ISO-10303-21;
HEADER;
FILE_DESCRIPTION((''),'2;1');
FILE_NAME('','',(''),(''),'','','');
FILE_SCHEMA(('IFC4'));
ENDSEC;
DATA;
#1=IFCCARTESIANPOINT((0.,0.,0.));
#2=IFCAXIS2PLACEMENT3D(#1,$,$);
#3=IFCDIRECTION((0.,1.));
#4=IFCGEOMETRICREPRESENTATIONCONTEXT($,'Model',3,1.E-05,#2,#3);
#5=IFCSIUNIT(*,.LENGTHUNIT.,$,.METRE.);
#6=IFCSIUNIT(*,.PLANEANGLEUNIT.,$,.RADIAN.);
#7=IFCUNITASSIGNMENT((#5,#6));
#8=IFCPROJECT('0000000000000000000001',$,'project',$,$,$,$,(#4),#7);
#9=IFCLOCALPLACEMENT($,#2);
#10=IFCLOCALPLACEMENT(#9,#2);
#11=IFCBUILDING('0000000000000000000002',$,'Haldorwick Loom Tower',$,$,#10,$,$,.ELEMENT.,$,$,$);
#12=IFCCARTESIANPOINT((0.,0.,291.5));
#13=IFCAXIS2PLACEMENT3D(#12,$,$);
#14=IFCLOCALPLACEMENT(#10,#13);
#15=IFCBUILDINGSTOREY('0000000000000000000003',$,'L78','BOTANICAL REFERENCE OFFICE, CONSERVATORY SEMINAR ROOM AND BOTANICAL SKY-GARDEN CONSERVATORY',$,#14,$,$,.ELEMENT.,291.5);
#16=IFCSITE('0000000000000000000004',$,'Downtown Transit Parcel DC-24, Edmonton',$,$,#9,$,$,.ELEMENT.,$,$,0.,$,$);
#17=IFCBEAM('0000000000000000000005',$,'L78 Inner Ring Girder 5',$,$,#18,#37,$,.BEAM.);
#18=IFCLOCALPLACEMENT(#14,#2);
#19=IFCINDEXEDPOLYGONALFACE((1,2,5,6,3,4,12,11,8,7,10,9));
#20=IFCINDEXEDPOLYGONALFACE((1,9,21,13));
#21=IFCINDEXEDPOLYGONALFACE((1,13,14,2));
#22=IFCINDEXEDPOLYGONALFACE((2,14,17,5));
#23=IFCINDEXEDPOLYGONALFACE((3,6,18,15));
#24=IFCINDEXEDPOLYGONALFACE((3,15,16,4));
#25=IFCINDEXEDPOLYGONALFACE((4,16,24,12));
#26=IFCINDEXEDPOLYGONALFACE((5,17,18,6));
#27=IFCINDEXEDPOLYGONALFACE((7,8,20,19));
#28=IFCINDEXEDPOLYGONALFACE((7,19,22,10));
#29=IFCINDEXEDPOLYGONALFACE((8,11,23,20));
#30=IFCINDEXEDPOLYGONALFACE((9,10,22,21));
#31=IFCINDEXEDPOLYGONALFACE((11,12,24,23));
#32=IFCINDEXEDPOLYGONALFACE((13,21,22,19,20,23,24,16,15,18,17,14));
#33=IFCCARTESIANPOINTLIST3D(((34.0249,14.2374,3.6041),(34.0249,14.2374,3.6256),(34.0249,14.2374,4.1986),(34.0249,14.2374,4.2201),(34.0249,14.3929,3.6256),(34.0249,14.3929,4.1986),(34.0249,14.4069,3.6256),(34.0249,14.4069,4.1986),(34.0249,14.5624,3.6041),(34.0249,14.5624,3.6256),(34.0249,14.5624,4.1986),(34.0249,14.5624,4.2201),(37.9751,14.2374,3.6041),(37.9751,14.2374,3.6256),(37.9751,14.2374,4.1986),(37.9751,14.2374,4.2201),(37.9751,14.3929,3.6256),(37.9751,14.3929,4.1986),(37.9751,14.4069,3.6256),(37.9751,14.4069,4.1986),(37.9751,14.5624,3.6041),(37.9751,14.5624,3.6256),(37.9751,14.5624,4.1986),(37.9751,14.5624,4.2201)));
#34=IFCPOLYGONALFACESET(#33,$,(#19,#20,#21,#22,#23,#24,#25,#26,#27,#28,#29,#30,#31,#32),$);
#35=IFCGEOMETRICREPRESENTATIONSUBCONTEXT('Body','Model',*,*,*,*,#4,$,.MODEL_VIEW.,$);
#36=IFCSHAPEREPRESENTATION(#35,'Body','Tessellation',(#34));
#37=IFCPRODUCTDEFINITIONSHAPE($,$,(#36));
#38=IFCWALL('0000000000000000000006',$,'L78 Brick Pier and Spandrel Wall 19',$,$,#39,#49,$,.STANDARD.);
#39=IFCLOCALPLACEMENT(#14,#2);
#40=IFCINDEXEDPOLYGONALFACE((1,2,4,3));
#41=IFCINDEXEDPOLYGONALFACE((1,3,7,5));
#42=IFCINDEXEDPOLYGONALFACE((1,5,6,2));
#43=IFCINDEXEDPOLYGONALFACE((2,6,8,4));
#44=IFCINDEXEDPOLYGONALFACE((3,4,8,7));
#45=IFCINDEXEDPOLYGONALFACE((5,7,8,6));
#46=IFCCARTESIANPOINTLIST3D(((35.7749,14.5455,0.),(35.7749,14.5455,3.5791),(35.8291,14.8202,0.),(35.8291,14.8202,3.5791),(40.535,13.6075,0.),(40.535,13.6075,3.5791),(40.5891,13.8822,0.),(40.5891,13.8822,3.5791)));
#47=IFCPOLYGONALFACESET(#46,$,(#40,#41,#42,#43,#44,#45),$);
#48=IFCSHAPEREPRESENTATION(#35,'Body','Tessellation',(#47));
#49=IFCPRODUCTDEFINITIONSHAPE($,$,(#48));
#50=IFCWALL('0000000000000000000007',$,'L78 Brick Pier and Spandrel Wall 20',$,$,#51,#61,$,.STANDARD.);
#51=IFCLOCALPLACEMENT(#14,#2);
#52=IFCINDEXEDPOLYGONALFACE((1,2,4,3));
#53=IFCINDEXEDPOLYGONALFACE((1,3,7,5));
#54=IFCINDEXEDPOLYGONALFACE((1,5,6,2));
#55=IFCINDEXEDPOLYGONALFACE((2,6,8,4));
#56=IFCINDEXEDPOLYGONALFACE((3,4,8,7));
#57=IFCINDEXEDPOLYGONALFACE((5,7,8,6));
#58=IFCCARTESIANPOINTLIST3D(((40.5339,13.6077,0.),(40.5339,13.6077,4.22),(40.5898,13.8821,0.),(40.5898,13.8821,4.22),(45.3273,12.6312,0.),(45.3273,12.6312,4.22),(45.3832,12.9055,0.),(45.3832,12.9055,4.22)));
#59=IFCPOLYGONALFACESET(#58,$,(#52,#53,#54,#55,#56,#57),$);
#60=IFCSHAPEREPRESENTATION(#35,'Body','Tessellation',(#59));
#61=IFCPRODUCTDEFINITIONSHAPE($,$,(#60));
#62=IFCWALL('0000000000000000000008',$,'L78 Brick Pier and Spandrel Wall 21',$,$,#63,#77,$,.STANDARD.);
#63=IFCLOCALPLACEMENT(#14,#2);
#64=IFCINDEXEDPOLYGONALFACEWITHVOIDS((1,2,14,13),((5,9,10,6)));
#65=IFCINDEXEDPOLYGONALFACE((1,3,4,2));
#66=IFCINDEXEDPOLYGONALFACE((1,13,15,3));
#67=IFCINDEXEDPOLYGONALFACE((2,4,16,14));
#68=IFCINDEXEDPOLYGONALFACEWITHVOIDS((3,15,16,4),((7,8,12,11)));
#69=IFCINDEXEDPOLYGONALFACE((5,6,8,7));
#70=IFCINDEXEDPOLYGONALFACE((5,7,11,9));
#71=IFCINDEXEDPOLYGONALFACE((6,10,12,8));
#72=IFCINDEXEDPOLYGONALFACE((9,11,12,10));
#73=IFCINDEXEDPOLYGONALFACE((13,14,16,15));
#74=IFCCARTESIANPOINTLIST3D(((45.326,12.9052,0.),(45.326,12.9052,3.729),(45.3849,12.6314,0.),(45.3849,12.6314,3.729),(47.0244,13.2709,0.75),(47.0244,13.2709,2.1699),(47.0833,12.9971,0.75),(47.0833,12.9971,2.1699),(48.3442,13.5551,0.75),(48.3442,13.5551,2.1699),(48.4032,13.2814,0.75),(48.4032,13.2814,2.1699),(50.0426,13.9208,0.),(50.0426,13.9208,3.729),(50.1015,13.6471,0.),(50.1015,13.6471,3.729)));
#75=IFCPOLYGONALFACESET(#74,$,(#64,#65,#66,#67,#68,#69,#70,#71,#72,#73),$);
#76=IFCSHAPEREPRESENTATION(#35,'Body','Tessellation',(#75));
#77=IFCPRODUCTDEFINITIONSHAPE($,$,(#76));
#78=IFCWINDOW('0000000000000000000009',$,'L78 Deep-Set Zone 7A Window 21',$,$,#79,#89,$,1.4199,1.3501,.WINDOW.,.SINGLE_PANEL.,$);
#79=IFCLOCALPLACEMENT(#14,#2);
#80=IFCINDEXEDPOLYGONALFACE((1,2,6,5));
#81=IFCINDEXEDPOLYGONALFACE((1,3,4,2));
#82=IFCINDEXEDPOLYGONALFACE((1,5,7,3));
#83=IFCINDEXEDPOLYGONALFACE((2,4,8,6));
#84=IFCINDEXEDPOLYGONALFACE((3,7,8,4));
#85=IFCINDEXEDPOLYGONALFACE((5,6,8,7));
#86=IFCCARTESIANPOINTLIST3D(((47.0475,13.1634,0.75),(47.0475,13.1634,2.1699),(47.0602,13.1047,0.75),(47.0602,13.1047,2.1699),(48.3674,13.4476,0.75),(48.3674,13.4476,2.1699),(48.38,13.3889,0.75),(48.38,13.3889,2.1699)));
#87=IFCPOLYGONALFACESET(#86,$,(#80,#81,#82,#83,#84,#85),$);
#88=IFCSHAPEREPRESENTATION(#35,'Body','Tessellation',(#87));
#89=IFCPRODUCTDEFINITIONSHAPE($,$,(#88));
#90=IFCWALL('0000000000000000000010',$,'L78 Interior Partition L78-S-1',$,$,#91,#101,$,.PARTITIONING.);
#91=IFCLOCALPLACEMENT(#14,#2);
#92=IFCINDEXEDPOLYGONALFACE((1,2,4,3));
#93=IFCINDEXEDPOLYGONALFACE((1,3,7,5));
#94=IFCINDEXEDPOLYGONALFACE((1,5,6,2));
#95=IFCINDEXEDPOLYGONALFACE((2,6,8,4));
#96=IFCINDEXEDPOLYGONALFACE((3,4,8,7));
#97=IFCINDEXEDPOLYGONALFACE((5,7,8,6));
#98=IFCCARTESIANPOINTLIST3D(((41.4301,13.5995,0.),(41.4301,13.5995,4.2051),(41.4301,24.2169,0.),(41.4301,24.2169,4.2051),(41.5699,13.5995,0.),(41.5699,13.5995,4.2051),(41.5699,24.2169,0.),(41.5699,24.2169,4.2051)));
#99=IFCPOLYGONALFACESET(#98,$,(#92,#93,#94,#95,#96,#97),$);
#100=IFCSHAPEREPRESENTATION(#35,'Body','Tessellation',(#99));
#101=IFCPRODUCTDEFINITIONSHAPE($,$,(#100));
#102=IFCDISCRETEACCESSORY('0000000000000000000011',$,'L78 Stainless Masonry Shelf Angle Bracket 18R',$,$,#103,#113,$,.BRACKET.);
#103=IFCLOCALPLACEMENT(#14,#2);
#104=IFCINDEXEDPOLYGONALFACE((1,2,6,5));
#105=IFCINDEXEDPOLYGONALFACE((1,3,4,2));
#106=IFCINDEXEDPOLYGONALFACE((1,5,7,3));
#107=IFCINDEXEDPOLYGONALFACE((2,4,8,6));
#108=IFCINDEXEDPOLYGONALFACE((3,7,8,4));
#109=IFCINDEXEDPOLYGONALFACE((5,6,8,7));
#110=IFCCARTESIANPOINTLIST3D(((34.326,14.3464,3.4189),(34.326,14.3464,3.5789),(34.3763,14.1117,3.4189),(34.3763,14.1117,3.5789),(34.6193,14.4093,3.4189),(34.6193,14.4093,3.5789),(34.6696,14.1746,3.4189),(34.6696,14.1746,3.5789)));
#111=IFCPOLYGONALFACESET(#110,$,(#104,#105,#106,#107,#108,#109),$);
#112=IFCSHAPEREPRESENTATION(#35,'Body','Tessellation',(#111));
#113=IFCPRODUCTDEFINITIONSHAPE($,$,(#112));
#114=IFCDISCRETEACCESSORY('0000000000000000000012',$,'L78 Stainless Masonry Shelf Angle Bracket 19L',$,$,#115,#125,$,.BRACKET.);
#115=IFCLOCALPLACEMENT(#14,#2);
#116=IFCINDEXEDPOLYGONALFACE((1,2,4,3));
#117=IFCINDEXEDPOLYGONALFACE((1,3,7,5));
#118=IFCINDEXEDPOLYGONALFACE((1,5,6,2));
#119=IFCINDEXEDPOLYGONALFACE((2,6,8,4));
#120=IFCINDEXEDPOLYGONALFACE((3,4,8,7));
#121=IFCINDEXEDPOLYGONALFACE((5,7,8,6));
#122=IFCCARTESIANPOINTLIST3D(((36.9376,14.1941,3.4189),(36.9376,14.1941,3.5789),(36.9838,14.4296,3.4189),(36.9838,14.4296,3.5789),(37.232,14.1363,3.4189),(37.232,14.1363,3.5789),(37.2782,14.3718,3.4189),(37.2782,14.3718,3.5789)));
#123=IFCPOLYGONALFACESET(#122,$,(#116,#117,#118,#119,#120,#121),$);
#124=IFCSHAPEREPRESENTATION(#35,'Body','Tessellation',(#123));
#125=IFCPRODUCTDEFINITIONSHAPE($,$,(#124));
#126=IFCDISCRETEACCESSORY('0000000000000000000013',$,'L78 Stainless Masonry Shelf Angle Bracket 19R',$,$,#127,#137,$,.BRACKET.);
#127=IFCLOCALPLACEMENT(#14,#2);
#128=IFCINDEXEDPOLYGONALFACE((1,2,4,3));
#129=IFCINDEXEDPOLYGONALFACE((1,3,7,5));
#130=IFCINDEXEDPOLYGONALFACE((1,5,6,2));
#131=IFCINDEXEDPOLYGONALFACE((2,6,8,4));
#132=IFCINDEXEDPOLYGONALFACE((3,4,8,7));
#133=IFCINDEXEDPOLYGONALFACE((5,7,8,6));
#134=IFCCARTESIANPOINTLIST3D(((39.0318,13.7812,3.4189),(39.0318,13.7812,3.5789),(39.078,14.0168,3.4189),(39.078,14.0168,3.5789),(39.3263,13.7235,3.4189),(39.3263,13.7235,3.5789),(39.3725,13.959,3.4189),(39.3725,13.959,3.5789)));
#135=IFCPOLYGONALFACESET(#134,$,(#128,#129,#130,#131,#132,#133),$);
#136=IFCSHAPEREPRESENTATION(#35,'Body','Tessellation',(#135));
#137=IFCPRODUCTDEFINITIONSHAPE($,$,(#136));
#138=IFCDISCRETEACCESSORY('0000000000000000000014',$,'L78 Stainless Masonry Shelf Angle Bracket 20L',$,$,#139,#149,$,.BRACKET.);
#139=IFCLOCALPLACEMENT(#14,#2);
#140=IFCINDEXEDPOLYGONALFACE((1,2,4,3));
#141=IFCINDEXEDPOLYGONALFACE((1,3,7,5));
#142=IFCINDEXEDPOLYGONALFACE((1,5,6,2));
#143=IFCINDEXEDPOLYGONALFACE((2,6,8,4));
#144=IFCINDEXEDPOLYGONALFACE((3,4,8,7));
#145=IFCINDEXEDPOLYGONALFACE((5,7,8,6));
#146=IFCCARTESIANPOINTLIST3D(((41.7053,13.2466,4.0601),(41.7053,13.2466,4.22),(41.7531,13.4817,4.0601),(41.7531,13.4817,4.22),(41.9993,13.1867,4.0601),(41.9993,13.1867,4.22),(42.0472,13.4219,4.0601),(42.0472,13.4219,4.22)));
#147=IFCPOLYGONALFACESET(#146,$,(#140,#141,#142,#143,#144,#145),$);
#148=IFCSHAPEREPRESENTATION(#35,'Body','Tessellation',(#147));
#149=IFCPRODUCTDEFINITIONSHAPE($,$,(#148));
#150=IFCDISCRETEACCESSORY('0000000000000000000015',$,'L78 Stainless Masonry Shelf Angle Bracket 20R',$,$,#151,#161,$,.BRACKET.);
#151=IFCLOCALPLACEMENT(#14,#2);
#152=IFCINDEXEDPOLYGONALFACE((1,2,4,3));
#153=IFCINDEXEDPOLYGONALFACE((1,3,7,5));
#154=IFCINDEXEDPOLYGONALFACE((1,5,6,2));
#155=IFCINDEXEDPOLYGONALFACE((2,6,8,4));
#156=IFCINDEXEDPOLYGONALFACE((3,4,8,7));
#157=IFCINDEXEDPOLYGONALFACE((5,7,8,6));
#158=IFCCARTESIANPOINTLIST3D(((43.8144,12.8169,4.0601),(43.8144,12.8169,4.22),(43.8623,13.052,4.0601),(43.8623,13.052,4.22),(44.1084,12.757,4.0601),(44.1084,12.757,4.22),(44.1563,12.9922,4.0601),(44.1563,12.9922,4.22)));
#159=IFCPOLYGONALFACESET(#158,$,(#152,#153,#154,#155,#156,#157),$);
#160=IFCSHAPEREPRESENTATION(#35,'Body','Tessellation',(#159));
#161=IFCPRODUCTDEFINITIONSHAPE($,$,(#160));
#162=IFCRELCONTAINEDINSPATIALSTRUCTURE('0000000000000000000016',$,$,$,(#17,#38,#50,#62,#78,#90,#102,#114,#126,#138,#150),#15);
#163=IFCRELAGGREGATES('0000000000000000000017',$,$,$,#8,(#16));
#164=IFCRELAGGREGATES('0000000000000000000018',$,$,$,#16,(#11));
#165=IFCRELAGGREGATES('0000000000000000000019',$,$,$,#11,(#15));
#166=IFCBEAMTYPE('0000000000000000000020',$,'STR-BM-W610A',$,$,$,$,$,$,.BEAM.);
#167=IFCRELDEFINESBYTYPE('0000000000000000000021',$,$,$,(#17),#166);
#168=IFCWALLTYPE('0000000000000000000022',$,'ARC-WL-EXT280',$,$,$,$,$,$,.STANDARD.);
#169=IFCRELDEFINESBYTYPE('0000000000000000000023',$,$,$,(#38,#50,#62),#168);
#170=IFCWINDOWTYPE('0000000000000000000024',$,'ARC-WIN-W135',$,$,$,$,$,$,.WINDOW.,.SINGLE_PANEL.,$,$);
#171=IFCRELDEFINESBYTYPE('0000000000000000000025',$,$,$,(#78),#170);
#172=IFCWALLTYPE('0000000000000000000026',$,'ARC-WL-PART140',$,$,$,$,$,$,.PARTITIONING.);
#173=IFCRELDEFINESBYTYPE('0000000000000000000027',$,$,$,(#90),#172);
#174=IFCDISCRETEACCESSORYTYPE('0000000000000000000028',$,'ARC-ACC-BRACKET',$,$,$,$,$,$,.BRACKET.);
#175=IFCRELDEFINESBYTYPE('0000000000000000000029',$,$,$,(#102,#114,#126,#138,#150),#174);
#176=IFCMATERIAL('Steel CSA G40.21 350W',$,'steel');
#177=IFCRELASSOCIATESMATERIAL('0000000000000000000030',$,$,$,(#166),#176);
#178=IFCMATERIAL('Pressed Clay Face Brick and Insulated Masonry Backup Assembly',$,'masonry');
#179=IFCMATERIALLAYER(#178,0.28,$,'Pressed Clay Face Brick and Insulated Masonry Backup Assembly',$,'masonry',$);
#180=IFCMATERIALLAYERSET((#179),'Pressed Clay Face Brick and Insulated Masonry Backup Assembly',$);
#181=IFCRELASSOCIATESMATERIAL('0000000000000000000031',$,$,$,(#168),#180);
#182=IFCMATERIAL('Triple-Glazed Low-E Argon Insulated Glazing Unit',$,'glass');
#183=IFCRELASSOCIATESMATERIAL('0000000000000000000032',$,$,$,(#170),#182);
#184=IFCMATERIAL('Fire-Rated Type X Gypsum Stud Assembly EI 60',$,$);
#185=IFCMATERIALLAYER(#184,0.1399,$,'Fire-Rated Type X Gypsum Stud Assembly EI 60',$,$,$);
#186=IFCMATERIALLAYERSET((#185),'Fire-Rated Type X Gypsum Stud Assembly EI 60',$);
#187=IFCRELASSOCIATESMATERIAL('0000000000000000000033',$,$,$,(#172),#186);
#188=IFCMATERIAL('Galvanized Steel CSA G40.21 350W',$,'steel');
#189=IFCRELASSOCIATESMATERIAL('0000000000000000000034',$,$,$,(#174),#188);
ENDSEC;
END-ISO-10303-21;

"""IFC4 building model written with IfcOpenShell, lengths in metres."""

from ifc_helpers import new_model, si_unit, direction, frame, frame_2d, origin, origin_2d, place, context, subcontext, project, spatial, rectangle, i_section, extrude, material, layer, layer_set, material_profile, profile_set, type_object, element, fill, save


model = new_model("IFC4")

# Units and contexts
model_context = context("Model", 3, precision=1e-05, world=origin(), true_north=direction((0.0, 1.0)))
body_context = subcontext(model_context, "Body", "Model", "MODEL_VIEW")
ifc_project = project(units=[si_unit("LENGTHUNIT", "METRE"), si_unit("PLANEANGLEUNIT", "RADIAN")], contexts=[model_context])

# Site, building, storey
site_placement = place(None, origin())
site = spatial("IfcSite", under=ifc_project, at=site_placement, Name="Downtown Transit Parcel DC-24, Edmonton", CompositionType="ELEMENT", RefElevation=0.0)
building_placement = place(site_placement, origin())
building = spatial("IfcBuilding", under=site, at=building_placement, Name="Haldorwick Loom Tower", CompositionType="ELEMENT")
storey_placement = place(building_placement, frame((0.0, 0.0, 291.5)))
storey = spatial("IfcBuildingStorey", under=building, at=storey_placement, Name="L78", Description="BOTANICAL REFERENCE OFFICE, CONSERVATORY SEMINAR ROOM AND BOTANICAL SKY-GARDEN CONSERVATORY", CompositionType="ELEMENT", Elevation=291.5)

# Beam
ifc_material_1 = material(Name="Steel CSA G40.21 350W", Category="steel")
ifc_material_profile_1 = material_profile(ifc_material_1, i_section(OverallWidth=0.325, OverallDepth=0.616, WebThickness=0.0139, FlangeThickness=0.0215, at=origin_2d()), Name="W610X174", Category="steel")
ifc_profile_set_1 = profile_set([ifc_material_profile_1], Name="Steel CSA G40.21 350W")
beam_type_1 = type_object("IfcBeamType", Name="STR-BM-W610A", PredefinedType="BEAM", material=ifc_profile_set_1)
beam_1_placement = place(storey_placement, frame((37.9751, 14.3999, 3.9121), z_axis=(-1.0, 0.0, 0.0), x_axis=(0.0, -1.0, 0.0)))
element("IfcBeam", 1, at=beam_1_placement, inside=storey, type_object=beam_type_1, Name="L78 Inner Ring Girder 5", PredefinedType="BEAM", context=body_context, shape_type="SweptSolid", body=[
    extrude(i_section(OverallWidth=0.325, OverallDepth=0.616, WebThickness=0.0139, FlangeThickness=0.0215, at=origin_2d()), origin(), (0.0, 0.0, 1.0), 3.9502),
])

# Walls
ifc_material_2 = material(Name="Pressed Clay Face Brick and Insulated Masonry Backup Assembly", Category="masonry")
ifc_layer_1 = layer(ifc_material_2, 0.28, Name="Pressed Clay Face Brick and Insulated Masonry Backup Assembly", Category="masonry")
ifc_layer_set_1 = layer_set([ifc_layer_1], Name="Pressed Clay Face Brick and Insulated Masonry Backup Assembly")
wall_type_1 = type_object("IfcWallType", Name="ARC-WL-EXT280", PredefinedType="STANDARD", material=ifc_layer_set_1)
wall_1_placement = place(storey_placement, frame((35.802, 14.6829, 0.0), z_axis=(0.0, 0.0, 1.0), x_axis=(0.981132, -0.193338, 0.0)))
element("IfcWall", 2, at=wall_1_placement, inside=storey, type_object=wall_type_1, Name="L78 Brick Pier and Spandrel Wall 19", PredefinedType="STANDARD", context=body_context, shape_type="SweptSolid", body=[
    extrude(rectangle(XDim=4.8516, YDim=0.28, at=frame_2d((2.4258, 0.0))), origin(), (0.0, 0.0, 1.0), 3.5791),
])
wall_2_placement = place(storey_placement, frame((40.562, 13.7449, 0.0), z_axis=(0.0, 0.0, 1.0), x_axis=(0.979872, -0.199628, 0.0)))
element("IfcWall", 3, at=wall_2_placement, inside=storey, type_object=wall_type_1, Name="L78 Brick Pier and Spandrel Wall 20", PredefinedType="STANDARD", context=body_context, shape_type="SweptSolid", body=[
    extrude(rectangle(XDim=4.8918, YDim=0.28, at=frame_2d((2.4458, 0.0))), origin(), (0.0, 0.0, 1.0), 4.22),
])

# Wall, opening, window
wall_3_placement = place(storey_placement, frame((45.3555, 12.7683, 0.0), z_axis=(0.0, 0.0, 1.0), x_axis=(0.977592, 0.210507, 0.0)))
wall_3 = element("IfcWall", 4, at=wall_3_placement, inside=storey, type_object=wall_type_1, Name="L78 Brick Pier and Spandrel Wall 21", PredefinedType="STANDARD", context=body_context, shape_type="SweptSolid", body=[
    extrude(rectangle(XDim=4.8247, YDim=0.28, at=frame_2d((2.4124, 0.0))), origin(), (0.0, 0.0, 1.0), 3.729),
])
opening_placement = place(wall_3_placement, frame((1.7373, 0.0, 0.75)))
opening = element("IfcOpeningElement", 5, at=opening_placement, cuts=wall_3, PredefinedType="OPENING", context=body_context, shape_type="SweptSolid", body=[
    extrude(rectangle(XDim=1.3501, YDim=1.4199, at=frame_2d((0.675, 0.71))), frame((0.0, 0.1499, 0.0), z_axis=(0.0, -1.0, 0.0), x_axis=(1.0, 0.0, 0.0)), (0.0, 0.0, 1.0), 0.3),
])
ifc_material_3 = material(Name="Triple-Glazed Low-E Argon Insulated Glazing Unit", Category="glass")
window_type = type_object("IfcWindowType", Name="ARC-WIN-W135", PartitioningType="SINGLE_PANEL", PredefinedType="WINDOW", material=ifc_material_3)
window_placement = place(opening_placement, origin())
window = element("IfcWindow", 6, at=window_placement, inside=storey, type_object=window_type, Name="L78 Deep-Set Zone 7A Window 21", OverallHeight=1.4199, OverallWidth=1.3501, PartitioningType="SINGLE_PANEL", PredefinedType="WINDOW", context=body_context, shape_type="SweptSolid", body=[
    extrude(rectangle(XDim=1.3501, YDim=1.4199, at=frame_2d((0.675, 0.71))), frame((0.0, 0.03, 0.0), z_axis=(0.0, -1.0, 0.0), x_axis=(1.0, 0.0, 0.0)), (0.0, 0.0, 1.0), 0.0601),
])
fill(opening, window)

# Wall
ifc_material_4 = material(Name="Fire-Rated Type X Gypsum Stud Assembly EI 60")
ifc_layer_2 = layer(ifc_material_4, 0.1399, Name="Fire-Rated Type X Gypsum Stud Assembly EI 60")
ifc_layer_set_2 = layer_set([ifc_layer_2], Name="Fire-Rated Type X Gypsum Stud Assembly EI 60")
wall_type_2 = type_object("IfcWallType", Name="ARC-WL-PART140", PredefinedType="PARTITIONING", material=ifc_layer_set_2)
wall_4_placement = place(storey_placement, frame((41.5, 13.5996, 0.0), z_axis=(0.0, 0.0, 1.0), x_axis=(0.0, 1.0, 0.0)))
element("IfcWall", 7, at=wall_4_placement, inside=storey, type_object=wall_type_2, Name="L78 Interior Partition L78-S-1", PredefinedType="PARTITIONING", context=body_context, shape_type="SweptSolid", body=[
    extrude(rectangle(XDim=10.6174, YDim=0.1399, at=frame_2d((5.3086, 0.0))), origin(), (0.0, 0.0, 1.0), 4.2051),
])

# Discrete accessories
ifc_material_5 = material(Name="Galvanized Steel CSA G40.21 350W", Category="steel")
discrete_accessory_type = type_object("IfcDiscreteAccessoryType", Name="ARC-ACC-BRACKET", PredefinedType="BRACKET", material=ifc_material_5)
for number, where, z_axis, x_axis, name in (
    (8, (34.4978, 14.2605, 3.4189), (0.0, 0.0, 1.0), (0.977783, 0.209619, 0.0), "L78 Stainless Masonry Shelf Angle Bracket 18R"),
    (9, (37.1079, 14.283, 3.4189), (0.0, 0.0, 1.0), (0.981293, -0.192522, 0.0), "L78 Stainless Masonry Shelf Angle Bracket 19L"),
    (10, (39.2021, 13.8701, 3.4189), (0.0, 0.0, 1.0), (0.981293, -0.192522, 0.0), "L78 Stainless Masonry Shelf Angle Bracket 19R"),
    (11, (41.8762, 13.3342, 4.0601), (0.0, 0.0, 1.0), (0.979925, -0.199368, 0.0), "L78 Stainless Masonry Shelf Angle Bracket 20L"),
    (12, (43.9854, 12.9045, 4.0601), (0.0, 0.0, 1.0), (0.979925, -0.199368, 0.0), "L78 Stainless Masonry Shelf Angle Bracket 20R"),
):
    element("IfcDiscreteAccessory", number, at=place(storey_placement, frame(where, z_axis=z_axis, x_axis=x_axis)), inside=storey, type_object=discrete_accessory_type, Name=name, PredefinedType="BRACKET", context=body_context, shape_type="SweptSolid", body=[
        extrude(rectangle(XDim=0.3, YDim=0.24, at=origin_2d()), origin(), (0.0, 0.0, 1.0), 0.1599),
    ])

save(model, "model.ifc")
